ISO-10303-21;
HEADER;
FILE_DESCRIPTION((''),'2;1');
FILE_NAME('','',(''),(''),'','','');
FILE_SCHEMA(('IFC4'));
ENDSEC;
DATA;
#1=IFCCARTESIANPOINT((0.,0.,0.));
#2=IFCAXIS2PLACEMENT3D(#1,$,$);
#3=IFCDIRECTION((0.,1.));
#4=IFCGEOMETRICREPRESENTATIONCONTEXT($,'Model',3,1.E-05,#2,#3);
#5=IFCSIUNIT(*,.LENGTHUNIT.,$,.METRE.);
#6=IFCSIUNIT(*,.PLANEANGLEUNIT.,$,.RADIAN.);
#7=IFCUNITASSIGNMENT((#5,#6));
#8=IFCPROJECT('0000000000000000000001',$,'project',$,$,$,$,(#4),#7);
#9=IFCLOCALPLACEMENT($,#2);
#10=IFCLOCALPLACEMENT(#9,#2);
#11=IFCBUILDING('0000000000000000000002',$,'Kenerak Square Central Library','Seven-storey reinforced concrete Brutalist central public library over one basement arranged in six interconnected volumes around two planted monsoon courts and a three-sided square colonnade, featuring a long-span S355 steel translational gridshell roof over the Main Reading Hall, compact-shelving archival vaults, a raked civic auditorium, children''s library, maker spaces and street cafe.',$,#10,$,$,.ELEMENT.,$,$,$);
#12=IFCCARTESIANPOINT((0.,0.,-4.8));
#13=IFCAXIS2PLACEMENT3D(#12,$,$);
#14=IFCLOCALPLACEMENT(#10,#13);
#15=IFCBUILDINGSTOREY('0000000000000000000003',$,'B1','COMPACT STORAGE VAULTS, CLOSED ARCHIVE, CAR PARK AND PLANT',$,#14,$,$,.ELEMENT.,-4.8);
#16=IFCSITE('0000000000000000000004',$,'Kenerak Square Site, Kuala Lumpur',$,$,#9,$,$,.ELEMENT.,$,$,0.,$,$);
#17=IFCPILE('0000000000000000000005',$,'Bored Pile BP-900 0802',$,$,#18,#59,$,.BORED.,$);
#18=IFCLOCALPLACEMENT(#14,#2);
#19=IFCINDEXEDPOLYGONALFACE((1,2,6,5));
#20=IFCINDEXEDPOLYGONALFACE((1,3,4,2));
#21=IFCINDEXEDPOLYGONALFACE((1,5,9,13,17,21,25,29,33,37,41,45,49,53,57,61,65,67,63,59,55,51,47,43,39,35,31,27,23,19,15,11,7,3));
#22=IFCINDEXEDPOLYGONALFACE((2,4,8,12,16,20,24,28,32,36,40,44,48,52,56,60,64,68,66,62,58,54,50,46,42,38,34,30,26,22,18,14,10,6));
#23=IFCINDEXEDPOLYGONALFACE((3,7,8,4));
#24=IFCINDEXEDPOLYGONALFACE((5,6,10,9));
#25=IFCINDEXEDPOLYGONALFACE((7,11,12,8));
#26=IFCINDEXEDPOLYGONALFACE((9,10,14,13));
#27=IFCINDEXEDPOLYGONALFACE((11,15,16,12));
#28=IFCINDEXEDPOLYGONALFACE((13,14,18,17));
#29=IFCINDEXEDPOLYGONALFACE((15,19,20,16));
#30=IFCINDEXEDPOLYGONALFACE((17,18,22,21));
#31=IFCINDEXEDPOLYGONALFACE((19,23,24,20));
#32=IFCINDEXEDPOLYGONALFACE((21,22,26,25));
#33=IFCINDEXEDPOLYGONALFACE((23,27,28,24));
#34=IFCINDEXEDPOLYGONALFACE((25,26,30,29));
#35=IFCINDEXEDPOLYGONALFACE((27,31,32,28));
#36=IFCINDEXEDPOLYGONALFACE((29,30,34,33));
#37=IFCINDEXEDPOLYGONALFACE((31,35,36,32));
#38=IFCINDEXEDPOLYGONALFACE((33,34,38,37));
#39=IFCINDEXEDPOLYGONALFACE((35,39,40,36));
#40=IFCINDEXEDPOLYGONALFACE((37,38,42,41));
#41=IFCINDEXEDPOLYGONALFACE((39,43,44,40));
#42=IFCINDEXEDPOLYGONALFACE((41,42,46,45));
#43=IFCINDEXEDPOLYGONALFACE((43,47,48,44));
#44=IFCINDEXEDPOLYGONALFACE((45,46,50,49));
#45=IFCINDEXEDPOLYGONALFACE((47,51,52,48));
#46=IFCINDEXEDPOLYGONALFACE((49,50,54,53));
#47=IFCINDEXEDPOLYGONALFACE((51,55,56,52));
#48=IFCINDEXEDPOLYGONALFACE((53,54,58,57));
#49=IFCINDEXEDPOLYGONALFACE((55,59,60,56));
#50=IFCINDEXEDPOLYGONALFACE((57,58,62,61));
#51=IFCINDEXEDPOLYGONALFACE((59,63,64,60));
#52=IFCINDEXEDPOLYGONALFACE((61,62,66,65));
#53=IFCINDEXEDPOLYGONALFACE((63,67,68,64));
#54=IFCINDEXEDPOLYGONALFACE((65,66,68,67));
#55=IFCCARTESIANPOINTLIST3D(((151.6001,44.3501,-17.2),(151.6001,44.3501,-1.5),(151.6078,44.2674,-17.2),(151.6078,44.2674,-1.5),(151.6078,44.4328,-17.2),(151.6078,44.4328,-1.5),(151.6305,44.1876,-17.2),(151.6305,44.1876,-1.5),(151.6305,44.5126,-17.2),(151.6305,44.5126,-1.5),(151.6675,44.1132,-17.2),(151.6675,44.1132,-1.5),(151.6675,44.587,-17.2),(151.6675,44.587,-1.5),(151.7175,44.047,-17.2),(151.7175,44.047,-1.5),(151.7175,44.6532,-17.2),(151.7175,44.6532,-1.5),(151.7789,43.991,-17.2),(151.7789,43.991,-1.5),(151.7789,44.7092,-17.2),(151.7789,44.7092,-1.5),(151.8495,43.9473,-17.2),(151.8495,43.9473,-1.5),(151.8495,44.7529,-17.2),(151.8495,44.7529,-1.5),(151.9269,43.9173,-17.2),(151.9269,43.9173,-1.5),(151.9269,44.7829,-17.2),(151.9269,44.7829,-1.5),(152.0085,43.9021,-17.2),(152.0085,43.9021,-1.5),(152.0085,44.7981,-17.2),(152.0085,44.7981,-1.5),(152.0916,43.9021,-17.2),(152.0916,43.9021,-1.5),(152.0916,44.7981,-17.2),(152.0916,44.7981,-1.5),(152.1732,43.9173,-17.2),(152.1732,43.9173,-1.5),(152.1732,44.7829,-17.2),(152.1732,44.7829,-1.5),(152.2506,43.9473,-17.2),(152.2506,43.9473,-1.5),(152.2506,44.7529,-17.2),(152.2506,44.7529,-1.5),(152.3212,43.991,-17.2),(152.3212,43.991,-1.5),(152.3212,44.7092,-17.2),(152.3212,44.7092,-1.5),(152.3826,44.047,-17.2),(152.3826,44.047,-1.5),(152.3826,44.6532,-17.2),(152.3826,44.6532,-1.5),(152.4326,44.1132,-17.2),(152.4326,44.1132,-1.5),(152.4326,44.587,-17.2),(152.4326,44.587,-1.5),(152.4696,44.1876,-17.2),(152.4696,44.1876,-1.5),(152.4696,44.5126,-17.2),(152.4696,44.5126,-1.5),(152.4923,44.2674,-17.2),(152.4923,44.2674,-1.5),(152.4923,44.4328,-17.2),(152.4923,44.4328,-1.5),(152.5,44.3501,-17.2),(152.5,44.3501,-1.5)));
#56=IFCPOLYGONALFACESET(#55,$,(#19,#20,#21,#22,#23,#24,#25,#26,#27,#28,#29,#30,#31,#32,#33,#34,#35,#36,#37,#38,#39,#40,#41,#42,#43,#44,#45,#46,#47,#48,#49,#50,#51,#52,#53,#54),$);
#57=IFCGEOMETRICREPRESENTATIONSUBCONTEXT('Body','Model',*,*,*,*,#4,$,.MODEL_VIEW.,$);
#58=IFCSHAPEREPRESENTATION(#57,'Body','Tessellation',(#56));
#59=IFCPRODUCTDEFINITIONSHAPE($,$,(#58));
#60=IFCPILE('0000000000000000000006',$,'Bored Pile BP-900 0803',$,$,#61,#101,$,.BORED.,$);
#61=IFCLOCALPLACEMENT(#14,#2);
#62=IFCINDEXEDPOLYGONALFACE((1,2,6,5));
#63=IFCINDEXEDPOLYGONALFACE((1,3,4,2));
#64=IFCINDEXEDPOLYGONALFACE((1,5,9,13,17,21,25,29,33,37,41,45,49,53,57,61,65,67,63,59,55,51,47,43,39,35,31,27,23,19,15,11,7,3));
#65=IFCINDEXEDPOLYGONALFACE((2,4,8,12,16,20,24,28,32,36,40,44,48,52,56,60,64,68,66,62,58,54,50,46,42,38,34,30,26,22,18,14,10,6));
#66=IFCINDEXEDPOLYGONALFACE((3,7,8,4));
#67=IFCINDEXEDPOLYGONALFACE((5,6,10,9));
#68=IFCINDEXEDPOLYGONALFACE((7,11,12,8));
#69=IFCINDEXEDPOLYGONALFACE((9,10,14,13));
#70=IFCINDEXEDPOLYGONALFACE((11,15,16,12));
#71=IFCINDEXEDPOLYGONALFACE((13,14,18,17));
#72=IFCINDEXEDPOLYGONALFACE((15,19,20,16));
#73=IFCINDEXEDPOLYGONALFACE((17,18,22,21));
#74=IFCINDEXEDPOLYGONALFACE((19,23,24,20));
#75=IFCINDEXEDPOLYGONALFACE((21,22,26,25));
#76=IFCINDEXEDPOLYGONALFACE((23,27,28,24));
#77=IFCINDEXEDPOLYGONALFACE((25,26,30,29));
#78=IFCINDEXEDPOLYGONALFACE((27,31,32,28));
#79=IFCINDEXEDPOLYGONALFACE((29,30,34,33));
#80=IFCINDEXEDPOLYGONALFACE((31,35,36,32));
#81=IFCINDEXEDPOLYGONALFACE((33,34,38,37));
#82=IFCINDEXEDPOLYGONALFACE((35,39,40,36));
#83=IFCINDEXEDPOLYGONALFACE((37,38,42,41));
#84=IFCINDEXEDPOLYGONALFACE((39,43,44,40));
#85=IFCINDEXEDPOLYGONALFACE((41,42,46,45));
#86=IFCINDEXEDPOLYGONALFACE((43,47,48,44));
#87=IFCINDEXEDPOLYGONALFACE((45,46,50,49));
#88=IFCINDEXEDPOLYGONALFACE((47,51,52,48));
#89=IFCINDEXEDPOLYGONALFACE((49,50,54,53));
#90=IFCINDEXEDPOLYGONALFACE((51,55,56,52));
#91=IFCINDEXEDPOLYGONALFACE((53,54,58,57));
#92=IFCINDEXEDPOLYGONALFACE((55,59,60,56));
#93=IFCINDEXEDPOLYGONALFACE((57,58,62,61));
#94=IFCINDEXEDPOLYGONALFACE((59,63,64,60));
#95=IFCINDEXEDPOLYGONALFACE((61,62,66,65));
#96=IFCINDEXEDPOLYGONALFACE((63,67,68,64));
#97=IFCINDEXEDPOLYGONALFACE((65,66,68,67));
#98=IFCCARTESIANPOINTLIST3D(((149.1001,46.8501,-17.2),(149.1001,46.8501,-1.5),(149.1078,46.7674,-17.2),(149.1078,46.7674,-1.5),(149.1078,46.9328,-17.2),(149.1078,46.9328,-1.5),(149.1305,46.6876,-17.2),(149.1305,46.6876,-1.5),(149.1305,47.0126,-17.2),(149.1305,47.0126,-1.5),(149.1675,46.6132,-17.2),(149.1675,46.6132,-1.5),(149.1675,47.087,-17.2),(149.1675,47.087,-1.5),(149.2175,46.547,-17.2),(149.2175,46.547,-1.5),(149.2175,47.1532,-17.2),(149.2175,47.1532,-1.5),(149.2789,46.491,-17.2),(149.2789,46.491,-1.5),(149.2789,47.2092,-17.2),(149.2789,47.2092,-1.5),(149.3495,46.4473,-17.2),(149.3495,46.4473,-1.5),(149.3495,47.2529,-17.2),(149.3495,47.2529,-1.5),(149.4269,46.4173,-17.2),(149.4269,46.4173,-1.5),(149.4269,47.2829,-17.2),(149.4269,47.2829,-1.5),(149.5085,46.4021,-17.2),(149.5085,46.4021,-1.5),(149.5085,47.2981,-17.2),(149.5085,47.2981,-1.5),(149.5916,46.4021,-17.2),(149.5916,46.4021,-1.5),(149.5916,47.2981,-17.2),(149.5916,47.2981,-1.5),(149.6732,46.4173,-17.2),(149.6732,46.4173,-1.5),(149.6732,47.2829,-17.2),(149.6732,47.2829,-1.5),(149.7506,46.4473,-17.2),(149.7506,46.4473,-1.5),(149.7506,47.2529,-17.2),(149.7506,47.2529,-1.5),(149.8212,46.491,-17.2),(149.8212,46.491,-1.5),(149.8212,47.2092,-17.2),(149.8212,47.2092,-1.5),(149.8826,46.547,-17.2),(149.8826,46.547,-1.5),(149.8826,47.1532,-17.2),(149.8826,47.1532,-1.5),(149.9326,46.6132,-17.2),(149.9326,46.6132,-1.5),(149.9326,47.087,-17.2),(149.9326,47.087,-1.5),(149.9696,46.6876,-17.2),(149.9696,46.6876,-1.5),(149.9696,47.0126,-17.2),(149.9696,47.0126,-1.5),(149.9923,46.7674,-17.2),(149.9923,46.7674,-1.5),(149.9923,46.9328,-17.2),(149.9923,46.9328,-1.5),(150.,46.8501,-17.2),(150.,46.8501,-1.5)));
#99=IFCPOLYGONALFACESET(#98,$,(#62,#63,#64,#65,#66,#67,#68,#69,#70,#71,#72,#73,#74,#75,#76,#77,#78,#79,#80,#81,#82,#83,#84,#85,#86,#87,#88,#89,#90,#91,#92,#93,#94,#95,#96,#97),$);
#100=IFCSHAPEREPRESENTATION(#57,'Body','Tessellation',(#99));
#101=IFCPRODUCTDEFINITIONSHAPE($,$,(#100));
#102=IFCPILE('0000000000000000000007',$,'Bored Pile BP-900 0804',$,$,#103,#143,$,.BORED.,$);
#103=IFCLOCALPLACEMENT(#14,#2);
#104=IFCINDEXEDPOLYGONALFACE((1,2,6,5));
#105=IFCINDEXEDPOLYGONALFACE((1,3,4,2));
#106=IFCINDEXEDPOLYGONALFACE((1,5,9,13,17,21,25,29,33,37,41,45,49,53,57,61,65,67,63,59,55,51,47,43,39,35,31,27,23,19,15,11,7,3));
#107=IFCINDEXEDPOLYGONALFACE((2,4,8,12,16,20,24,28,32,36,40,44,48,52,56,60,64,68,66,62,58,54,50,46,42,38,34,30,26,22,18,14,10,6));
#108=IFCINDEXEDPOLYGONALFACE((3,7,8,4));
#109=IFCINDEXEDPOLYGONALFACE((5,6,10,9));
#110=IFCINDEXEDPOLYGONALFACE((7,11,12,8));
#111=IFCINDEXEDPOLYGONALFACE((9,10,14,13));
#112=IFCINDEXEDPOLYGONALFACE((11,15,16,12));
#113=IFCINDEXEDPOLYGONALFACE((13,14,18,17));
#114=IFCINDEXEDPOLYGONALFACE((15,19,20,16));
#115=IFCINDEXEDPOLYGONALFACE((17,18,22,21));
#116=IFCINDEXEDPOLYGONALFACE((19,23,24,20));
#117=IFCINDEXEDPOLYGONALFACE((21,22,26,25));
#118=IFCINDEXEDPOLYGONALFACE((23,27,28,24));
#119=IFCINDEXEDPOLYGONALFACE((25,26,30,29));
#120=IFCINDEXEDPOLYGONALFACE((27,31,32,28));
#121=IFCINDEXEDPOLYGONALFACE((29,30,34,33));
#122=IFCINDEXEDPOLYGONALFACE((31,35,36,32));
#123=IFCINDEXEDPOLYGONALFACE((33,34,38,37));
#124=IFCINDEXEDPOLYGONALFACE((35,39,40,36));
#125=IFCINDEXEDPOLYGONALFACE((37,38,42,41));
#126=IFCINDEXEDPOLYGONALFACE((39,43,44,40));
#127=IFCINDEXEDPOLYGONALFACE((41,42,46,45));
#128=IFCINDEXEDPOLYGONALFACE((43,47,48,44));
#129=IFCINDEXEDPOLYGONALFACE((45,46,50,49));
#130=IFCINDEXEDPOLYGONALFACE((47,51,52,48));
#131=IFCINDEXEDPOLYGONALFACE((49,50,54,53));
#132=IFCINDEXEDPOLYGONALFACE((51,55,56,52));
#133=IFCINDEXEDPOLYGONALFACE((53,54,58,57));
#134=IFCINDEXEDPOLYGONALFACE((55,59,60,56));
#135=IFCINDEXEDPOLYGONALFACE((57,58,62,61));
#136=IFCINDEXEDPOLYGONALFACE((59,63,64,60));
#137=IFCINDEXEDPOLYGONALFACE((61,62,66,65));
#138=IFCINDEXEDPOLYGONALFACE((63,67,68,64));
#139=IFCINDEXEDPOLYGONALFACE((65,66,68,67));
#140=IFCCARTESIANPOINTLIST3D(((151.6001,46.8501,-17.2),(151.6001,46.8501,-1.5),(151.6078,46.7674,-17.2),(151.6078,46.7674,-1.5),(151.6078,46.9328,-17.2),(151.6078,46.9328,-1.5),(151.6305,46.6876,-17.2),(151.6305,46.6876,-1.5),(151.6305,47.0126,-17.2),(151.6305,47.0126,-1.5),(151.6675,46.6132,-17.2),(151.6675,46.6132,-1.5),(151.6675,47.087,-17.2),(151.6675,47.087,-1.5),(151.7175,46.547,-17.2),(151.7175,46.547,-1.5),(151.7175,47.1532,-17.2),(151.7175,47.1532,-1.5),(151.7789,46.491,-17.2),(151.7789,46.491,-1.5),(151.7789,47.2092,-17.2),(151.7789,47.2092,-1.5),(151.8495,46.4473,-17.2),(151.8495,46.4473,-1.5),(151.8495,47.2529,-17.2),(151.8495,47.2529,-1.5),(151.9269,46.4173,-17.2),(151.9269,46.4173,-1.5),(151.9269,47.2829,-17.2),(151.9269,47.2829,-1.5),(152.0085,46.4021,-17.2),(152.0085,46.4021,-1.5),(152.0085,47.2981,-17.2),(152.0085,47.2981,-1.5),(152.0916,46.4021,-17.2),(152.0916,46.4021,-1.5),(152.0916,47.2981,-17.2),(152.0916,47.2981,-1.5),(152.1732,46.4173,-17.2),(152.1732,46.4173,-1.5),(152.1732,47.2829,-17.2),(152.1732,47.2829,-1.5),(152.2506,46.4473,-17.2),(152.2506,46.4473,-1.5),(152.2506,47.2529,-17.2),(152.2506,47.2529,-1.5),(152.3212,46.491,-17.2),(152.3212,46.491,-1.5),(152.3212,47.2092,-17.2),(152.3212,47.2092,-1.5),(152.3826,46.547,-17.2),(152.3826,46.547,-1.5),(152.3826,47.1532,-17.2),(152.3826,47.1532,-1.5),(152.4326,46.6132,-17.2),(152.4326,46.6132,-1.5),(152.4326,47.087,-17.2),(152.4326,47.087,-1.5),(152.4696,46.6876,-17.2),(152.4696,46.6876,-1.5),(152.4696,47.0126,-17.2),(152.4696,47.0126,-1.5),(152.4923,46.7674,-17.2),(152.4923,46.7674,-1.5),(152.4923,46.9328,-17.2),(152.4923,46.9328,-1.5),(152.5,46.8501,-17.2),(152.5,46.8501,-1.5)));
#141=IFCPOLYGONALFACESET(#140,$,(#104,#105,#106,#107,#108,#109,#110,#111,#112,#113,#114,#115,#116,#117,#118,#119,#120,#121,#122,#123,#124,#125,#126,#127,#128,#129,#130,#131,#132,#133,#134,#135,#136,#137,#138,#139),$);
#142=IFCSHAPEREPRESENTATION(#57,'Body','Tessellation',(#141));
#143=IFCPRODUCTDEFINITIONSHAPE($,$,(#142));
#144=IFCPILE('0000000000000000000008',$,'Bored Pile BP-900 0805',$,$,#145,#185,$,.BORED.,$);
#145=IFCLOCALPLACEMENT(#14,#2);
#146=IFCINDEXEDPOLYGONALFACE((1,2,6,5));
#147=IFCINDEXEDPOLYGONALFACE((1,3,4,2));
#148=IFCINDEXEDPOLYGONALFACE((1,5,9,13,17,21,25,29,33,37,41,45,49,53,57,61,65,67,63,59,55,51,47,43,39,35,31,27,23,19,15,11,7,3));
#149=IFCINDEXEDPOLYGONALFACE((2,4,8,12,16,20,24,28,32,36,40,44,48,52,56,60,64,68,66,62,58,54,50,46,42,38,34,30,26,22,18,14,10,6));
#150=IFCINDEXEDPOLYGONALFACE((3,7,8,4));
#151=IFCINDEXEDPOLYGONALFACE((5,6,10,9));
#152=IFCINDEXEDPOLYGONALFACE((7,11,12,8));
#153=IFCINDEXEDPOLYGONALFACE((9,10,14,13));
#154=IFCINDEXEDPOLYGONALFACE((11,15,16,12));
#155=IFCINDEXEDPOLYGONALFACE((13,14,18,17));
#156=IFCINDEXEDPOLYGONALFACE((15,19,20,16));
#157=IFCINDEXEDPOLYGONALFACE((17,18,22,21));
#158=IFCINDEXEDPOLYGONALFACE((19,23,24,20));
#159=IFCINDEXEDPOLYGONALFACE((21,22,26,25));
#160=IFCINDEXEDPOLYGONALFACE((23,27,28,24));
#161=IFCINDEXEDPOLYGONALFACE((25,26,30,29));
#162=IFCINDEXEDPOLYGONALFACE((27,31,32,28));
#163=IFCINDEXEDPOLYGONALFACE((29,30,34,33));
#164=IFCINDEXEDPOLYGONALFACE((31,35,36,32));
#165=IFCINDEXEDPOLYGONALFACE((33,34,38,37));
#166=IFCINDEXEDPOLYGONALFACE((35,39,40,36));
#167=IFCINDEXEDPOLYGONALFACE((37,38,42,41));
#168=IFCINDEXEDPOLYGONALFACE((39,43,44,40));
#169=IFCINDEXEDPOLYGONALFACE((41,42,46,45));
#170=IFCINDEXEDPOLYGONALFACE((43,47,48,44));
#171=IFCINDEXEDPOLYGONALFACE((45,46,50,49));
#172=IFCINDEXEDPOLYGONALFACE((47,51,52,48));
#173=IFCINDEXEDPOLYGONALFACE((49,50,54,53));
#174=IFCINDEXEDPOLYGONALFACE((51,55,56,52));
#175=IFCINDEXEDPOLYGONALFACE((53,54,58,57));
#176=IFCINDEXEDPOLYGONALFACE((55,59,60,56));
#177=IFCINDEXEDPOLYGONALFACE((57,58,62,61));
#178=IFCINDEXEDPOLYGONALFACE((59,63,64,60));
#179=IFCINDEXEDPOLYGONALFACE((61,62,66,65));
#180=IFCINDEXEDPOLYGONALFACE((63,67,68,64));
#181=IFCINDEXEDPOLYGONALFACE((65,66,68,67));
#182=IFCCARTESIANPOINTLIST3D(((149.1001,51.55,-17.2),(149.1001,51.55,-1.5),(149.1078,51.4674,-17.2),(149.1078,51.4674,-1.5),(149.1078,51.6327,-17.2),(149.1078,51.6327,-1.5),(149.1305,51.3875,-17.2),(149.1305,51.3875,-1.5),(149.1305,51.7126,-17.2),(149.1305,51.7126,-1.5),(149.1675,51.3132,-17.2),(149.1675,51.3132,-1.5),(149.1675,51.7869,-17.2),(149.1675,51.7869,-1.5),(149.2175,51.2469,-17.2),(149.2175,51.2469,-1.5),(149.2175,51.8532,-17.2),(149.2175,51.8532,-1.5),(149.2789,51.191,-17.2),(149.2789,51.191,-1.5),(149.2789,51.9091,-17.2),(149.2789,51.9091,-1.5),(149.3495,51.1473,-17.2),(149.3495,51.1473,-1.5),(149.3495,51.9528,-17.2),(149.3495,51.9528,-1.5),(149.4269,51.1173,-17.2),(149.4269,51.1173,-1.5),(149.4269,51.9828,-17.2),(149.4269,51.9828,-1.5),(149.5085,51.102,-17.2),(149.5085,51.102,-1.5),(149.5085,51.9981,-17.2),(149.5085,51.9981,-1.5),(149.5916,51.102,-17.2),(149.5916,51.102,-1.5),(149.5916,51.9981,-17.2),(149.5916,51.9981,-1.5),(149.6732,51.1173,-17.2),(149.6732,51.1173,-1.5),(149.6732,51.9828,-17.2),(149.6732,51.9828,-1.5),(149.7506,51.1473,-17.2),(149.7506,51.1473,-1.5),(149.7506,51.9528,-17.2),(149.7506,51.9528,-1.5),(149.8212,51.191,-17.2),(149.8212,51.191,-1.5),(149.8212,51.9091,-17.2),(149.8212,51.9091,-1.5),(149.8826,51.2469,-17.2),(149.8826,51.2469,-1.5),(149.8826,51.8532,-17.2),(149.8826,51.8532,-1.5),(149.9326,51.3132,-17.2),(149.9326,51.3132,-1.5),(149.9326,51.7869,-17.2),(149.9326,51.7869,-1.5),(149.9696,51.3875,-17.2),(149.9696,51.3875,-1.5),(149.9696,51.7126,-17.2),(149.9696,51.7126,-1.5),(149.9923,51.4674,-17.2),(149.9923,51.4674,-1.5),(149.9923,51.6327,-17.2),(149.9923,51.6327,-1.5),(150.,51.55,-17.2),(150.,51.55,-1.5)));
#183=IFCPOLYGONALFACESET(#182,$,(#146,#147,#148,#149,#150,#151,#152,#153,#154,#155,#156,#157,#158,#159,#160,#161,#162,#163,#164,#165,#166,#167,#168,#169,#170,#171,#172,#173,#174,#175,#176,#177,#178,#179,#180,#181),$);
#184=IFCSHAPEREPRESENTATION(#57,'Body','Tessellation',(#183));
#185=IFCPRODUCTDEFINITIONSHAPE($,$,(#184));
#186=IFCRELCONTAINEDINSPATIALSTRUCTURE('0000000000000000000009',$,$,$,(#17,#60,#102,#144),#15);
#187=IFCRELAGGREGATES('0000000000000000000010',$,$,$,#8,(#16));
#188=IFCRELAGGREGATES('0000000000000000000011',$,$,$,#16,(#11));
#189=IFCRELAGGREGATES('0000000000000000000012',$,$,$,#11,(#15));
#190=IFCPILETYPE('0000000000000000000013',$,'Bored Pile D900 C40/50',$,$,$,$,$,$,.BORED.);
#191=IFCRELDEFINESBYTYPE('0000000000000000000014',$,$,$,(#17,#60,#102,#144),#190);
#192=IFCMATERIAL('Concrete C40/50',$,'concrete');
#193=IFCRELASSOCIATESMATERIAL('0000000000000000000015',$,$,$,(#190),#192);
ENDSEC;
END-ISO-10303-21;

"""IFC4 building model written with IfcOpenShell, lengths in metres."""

from ifc_helpers import new_model, si_unit, direction, frame, origin, origin_2d, place, context, subcontext, project, spatial, circle, extrude, material, material_profile, profile_set, type_object, element, save


model = new_model("IFC4")

# Units and contexts
model_context = context("Model", 3, precision=1e-05, world=origin(), true_north=direction((0.0, 1.0)))
body_context = subcontext(model_context, "Body", "Model", "MODEL_VIEW")
ifc_project = project(units=[si_unit("LENGTHUNIT", "METRE"), si_unit("PLANEANGLEUNIT", "RADIAN")], contexts=[model_context])

# Site, building, storey
site_placement = place(None, origin())
site = spatial("IfcSite", under=ifc_project, at=site_placement, Name="Kenerak Square Site, Kuala Lumpur", CompositionType="ELEMENT", RefElevation=0.0)
building_placement = place(site_placement, origin())
building = spatial("IfcBuilding", under=site, at=building_placement, Name="Kenerak Square Central Library", Description="Seven-storey reinforced concrete Brutalist central public library over one basement arranged in six interconnected volumes around two planted monsoon courts and a three-sided square colonnade, featuring a long-span S355 steel translational gridshell roof over the Main Reading Hall, compact-shelving archival vaults, a raked civic auditorium, children's library, maker spaces and street cafe.", CompositionType="ELEMENT")
storey_placement = place(building_placement, frame((0.0, 0.0, -4.8)))
storey = spatial("IfcBuildingStorey", under=building, at=storey_placement, Name="B1", Description="COMPACT STORAGE VAULTS, CLOSED ARCHIVE, CAR PARK AND PLANT", CompositionType="ELEMENT", Elevation=-4.8)

# Piles
ifc_material_1 = material(Name="Concrete C40/50", Category="concrete")
ifc_material_profile_1 = material_profile(ifc_material_1, circle(Radius=0.45, at=origin_2d()), Name="BP D900")
ifc_profile_set_1 = profile_set([ifc_material_profile_1], Name="Concrete C40/50")
pile_type_1 = type_object("IfcPileType", Name="Bored Pile D900 C40/50", PredefinedType="BORED", material=ifc_profile_set_1)
for number, where, z_axis, x_axis, name in (
    (1, (152.05, 44.3501, -1.5), (0.0, 0.0, -1.0), (1.0, 0.0, 0.0), "Bored Pile BP-900 0802"),
    (2, (149.55, 46.8501, -1.5), (0.0, 0.0, -1.0), (1.0, 0.0, 0.0), "Bored Pile BP-900 0803"),
    (3, (152.05, 46.8501, -1.5), (0.0, 0.0, -1.0), (1.0, 0.0, 0.0), "Bored Pile BP-900 0804"),
    (4, (149.55, 51.55, -1.5), (0.0, 0.0, -1.0), (1.0, 0.0, 0.0), "Bored Pile BP-900 0805"),
):
    element("IfcPile", number, at=place(storey_placement, frame(where, z_axis=z_axis, x_axis=x_axis)), inside=storey, type_object=pile_type_1, Name=name, PredefinedType="BORED", context=body_context, shape_type="SweptSolid", body=[
        extrude(circle(Radius=0.45, at=origin_2d()), origin(), (0.0, 0.0, 1.0), 15.7),
    ])

save(model, "model.ifc")
